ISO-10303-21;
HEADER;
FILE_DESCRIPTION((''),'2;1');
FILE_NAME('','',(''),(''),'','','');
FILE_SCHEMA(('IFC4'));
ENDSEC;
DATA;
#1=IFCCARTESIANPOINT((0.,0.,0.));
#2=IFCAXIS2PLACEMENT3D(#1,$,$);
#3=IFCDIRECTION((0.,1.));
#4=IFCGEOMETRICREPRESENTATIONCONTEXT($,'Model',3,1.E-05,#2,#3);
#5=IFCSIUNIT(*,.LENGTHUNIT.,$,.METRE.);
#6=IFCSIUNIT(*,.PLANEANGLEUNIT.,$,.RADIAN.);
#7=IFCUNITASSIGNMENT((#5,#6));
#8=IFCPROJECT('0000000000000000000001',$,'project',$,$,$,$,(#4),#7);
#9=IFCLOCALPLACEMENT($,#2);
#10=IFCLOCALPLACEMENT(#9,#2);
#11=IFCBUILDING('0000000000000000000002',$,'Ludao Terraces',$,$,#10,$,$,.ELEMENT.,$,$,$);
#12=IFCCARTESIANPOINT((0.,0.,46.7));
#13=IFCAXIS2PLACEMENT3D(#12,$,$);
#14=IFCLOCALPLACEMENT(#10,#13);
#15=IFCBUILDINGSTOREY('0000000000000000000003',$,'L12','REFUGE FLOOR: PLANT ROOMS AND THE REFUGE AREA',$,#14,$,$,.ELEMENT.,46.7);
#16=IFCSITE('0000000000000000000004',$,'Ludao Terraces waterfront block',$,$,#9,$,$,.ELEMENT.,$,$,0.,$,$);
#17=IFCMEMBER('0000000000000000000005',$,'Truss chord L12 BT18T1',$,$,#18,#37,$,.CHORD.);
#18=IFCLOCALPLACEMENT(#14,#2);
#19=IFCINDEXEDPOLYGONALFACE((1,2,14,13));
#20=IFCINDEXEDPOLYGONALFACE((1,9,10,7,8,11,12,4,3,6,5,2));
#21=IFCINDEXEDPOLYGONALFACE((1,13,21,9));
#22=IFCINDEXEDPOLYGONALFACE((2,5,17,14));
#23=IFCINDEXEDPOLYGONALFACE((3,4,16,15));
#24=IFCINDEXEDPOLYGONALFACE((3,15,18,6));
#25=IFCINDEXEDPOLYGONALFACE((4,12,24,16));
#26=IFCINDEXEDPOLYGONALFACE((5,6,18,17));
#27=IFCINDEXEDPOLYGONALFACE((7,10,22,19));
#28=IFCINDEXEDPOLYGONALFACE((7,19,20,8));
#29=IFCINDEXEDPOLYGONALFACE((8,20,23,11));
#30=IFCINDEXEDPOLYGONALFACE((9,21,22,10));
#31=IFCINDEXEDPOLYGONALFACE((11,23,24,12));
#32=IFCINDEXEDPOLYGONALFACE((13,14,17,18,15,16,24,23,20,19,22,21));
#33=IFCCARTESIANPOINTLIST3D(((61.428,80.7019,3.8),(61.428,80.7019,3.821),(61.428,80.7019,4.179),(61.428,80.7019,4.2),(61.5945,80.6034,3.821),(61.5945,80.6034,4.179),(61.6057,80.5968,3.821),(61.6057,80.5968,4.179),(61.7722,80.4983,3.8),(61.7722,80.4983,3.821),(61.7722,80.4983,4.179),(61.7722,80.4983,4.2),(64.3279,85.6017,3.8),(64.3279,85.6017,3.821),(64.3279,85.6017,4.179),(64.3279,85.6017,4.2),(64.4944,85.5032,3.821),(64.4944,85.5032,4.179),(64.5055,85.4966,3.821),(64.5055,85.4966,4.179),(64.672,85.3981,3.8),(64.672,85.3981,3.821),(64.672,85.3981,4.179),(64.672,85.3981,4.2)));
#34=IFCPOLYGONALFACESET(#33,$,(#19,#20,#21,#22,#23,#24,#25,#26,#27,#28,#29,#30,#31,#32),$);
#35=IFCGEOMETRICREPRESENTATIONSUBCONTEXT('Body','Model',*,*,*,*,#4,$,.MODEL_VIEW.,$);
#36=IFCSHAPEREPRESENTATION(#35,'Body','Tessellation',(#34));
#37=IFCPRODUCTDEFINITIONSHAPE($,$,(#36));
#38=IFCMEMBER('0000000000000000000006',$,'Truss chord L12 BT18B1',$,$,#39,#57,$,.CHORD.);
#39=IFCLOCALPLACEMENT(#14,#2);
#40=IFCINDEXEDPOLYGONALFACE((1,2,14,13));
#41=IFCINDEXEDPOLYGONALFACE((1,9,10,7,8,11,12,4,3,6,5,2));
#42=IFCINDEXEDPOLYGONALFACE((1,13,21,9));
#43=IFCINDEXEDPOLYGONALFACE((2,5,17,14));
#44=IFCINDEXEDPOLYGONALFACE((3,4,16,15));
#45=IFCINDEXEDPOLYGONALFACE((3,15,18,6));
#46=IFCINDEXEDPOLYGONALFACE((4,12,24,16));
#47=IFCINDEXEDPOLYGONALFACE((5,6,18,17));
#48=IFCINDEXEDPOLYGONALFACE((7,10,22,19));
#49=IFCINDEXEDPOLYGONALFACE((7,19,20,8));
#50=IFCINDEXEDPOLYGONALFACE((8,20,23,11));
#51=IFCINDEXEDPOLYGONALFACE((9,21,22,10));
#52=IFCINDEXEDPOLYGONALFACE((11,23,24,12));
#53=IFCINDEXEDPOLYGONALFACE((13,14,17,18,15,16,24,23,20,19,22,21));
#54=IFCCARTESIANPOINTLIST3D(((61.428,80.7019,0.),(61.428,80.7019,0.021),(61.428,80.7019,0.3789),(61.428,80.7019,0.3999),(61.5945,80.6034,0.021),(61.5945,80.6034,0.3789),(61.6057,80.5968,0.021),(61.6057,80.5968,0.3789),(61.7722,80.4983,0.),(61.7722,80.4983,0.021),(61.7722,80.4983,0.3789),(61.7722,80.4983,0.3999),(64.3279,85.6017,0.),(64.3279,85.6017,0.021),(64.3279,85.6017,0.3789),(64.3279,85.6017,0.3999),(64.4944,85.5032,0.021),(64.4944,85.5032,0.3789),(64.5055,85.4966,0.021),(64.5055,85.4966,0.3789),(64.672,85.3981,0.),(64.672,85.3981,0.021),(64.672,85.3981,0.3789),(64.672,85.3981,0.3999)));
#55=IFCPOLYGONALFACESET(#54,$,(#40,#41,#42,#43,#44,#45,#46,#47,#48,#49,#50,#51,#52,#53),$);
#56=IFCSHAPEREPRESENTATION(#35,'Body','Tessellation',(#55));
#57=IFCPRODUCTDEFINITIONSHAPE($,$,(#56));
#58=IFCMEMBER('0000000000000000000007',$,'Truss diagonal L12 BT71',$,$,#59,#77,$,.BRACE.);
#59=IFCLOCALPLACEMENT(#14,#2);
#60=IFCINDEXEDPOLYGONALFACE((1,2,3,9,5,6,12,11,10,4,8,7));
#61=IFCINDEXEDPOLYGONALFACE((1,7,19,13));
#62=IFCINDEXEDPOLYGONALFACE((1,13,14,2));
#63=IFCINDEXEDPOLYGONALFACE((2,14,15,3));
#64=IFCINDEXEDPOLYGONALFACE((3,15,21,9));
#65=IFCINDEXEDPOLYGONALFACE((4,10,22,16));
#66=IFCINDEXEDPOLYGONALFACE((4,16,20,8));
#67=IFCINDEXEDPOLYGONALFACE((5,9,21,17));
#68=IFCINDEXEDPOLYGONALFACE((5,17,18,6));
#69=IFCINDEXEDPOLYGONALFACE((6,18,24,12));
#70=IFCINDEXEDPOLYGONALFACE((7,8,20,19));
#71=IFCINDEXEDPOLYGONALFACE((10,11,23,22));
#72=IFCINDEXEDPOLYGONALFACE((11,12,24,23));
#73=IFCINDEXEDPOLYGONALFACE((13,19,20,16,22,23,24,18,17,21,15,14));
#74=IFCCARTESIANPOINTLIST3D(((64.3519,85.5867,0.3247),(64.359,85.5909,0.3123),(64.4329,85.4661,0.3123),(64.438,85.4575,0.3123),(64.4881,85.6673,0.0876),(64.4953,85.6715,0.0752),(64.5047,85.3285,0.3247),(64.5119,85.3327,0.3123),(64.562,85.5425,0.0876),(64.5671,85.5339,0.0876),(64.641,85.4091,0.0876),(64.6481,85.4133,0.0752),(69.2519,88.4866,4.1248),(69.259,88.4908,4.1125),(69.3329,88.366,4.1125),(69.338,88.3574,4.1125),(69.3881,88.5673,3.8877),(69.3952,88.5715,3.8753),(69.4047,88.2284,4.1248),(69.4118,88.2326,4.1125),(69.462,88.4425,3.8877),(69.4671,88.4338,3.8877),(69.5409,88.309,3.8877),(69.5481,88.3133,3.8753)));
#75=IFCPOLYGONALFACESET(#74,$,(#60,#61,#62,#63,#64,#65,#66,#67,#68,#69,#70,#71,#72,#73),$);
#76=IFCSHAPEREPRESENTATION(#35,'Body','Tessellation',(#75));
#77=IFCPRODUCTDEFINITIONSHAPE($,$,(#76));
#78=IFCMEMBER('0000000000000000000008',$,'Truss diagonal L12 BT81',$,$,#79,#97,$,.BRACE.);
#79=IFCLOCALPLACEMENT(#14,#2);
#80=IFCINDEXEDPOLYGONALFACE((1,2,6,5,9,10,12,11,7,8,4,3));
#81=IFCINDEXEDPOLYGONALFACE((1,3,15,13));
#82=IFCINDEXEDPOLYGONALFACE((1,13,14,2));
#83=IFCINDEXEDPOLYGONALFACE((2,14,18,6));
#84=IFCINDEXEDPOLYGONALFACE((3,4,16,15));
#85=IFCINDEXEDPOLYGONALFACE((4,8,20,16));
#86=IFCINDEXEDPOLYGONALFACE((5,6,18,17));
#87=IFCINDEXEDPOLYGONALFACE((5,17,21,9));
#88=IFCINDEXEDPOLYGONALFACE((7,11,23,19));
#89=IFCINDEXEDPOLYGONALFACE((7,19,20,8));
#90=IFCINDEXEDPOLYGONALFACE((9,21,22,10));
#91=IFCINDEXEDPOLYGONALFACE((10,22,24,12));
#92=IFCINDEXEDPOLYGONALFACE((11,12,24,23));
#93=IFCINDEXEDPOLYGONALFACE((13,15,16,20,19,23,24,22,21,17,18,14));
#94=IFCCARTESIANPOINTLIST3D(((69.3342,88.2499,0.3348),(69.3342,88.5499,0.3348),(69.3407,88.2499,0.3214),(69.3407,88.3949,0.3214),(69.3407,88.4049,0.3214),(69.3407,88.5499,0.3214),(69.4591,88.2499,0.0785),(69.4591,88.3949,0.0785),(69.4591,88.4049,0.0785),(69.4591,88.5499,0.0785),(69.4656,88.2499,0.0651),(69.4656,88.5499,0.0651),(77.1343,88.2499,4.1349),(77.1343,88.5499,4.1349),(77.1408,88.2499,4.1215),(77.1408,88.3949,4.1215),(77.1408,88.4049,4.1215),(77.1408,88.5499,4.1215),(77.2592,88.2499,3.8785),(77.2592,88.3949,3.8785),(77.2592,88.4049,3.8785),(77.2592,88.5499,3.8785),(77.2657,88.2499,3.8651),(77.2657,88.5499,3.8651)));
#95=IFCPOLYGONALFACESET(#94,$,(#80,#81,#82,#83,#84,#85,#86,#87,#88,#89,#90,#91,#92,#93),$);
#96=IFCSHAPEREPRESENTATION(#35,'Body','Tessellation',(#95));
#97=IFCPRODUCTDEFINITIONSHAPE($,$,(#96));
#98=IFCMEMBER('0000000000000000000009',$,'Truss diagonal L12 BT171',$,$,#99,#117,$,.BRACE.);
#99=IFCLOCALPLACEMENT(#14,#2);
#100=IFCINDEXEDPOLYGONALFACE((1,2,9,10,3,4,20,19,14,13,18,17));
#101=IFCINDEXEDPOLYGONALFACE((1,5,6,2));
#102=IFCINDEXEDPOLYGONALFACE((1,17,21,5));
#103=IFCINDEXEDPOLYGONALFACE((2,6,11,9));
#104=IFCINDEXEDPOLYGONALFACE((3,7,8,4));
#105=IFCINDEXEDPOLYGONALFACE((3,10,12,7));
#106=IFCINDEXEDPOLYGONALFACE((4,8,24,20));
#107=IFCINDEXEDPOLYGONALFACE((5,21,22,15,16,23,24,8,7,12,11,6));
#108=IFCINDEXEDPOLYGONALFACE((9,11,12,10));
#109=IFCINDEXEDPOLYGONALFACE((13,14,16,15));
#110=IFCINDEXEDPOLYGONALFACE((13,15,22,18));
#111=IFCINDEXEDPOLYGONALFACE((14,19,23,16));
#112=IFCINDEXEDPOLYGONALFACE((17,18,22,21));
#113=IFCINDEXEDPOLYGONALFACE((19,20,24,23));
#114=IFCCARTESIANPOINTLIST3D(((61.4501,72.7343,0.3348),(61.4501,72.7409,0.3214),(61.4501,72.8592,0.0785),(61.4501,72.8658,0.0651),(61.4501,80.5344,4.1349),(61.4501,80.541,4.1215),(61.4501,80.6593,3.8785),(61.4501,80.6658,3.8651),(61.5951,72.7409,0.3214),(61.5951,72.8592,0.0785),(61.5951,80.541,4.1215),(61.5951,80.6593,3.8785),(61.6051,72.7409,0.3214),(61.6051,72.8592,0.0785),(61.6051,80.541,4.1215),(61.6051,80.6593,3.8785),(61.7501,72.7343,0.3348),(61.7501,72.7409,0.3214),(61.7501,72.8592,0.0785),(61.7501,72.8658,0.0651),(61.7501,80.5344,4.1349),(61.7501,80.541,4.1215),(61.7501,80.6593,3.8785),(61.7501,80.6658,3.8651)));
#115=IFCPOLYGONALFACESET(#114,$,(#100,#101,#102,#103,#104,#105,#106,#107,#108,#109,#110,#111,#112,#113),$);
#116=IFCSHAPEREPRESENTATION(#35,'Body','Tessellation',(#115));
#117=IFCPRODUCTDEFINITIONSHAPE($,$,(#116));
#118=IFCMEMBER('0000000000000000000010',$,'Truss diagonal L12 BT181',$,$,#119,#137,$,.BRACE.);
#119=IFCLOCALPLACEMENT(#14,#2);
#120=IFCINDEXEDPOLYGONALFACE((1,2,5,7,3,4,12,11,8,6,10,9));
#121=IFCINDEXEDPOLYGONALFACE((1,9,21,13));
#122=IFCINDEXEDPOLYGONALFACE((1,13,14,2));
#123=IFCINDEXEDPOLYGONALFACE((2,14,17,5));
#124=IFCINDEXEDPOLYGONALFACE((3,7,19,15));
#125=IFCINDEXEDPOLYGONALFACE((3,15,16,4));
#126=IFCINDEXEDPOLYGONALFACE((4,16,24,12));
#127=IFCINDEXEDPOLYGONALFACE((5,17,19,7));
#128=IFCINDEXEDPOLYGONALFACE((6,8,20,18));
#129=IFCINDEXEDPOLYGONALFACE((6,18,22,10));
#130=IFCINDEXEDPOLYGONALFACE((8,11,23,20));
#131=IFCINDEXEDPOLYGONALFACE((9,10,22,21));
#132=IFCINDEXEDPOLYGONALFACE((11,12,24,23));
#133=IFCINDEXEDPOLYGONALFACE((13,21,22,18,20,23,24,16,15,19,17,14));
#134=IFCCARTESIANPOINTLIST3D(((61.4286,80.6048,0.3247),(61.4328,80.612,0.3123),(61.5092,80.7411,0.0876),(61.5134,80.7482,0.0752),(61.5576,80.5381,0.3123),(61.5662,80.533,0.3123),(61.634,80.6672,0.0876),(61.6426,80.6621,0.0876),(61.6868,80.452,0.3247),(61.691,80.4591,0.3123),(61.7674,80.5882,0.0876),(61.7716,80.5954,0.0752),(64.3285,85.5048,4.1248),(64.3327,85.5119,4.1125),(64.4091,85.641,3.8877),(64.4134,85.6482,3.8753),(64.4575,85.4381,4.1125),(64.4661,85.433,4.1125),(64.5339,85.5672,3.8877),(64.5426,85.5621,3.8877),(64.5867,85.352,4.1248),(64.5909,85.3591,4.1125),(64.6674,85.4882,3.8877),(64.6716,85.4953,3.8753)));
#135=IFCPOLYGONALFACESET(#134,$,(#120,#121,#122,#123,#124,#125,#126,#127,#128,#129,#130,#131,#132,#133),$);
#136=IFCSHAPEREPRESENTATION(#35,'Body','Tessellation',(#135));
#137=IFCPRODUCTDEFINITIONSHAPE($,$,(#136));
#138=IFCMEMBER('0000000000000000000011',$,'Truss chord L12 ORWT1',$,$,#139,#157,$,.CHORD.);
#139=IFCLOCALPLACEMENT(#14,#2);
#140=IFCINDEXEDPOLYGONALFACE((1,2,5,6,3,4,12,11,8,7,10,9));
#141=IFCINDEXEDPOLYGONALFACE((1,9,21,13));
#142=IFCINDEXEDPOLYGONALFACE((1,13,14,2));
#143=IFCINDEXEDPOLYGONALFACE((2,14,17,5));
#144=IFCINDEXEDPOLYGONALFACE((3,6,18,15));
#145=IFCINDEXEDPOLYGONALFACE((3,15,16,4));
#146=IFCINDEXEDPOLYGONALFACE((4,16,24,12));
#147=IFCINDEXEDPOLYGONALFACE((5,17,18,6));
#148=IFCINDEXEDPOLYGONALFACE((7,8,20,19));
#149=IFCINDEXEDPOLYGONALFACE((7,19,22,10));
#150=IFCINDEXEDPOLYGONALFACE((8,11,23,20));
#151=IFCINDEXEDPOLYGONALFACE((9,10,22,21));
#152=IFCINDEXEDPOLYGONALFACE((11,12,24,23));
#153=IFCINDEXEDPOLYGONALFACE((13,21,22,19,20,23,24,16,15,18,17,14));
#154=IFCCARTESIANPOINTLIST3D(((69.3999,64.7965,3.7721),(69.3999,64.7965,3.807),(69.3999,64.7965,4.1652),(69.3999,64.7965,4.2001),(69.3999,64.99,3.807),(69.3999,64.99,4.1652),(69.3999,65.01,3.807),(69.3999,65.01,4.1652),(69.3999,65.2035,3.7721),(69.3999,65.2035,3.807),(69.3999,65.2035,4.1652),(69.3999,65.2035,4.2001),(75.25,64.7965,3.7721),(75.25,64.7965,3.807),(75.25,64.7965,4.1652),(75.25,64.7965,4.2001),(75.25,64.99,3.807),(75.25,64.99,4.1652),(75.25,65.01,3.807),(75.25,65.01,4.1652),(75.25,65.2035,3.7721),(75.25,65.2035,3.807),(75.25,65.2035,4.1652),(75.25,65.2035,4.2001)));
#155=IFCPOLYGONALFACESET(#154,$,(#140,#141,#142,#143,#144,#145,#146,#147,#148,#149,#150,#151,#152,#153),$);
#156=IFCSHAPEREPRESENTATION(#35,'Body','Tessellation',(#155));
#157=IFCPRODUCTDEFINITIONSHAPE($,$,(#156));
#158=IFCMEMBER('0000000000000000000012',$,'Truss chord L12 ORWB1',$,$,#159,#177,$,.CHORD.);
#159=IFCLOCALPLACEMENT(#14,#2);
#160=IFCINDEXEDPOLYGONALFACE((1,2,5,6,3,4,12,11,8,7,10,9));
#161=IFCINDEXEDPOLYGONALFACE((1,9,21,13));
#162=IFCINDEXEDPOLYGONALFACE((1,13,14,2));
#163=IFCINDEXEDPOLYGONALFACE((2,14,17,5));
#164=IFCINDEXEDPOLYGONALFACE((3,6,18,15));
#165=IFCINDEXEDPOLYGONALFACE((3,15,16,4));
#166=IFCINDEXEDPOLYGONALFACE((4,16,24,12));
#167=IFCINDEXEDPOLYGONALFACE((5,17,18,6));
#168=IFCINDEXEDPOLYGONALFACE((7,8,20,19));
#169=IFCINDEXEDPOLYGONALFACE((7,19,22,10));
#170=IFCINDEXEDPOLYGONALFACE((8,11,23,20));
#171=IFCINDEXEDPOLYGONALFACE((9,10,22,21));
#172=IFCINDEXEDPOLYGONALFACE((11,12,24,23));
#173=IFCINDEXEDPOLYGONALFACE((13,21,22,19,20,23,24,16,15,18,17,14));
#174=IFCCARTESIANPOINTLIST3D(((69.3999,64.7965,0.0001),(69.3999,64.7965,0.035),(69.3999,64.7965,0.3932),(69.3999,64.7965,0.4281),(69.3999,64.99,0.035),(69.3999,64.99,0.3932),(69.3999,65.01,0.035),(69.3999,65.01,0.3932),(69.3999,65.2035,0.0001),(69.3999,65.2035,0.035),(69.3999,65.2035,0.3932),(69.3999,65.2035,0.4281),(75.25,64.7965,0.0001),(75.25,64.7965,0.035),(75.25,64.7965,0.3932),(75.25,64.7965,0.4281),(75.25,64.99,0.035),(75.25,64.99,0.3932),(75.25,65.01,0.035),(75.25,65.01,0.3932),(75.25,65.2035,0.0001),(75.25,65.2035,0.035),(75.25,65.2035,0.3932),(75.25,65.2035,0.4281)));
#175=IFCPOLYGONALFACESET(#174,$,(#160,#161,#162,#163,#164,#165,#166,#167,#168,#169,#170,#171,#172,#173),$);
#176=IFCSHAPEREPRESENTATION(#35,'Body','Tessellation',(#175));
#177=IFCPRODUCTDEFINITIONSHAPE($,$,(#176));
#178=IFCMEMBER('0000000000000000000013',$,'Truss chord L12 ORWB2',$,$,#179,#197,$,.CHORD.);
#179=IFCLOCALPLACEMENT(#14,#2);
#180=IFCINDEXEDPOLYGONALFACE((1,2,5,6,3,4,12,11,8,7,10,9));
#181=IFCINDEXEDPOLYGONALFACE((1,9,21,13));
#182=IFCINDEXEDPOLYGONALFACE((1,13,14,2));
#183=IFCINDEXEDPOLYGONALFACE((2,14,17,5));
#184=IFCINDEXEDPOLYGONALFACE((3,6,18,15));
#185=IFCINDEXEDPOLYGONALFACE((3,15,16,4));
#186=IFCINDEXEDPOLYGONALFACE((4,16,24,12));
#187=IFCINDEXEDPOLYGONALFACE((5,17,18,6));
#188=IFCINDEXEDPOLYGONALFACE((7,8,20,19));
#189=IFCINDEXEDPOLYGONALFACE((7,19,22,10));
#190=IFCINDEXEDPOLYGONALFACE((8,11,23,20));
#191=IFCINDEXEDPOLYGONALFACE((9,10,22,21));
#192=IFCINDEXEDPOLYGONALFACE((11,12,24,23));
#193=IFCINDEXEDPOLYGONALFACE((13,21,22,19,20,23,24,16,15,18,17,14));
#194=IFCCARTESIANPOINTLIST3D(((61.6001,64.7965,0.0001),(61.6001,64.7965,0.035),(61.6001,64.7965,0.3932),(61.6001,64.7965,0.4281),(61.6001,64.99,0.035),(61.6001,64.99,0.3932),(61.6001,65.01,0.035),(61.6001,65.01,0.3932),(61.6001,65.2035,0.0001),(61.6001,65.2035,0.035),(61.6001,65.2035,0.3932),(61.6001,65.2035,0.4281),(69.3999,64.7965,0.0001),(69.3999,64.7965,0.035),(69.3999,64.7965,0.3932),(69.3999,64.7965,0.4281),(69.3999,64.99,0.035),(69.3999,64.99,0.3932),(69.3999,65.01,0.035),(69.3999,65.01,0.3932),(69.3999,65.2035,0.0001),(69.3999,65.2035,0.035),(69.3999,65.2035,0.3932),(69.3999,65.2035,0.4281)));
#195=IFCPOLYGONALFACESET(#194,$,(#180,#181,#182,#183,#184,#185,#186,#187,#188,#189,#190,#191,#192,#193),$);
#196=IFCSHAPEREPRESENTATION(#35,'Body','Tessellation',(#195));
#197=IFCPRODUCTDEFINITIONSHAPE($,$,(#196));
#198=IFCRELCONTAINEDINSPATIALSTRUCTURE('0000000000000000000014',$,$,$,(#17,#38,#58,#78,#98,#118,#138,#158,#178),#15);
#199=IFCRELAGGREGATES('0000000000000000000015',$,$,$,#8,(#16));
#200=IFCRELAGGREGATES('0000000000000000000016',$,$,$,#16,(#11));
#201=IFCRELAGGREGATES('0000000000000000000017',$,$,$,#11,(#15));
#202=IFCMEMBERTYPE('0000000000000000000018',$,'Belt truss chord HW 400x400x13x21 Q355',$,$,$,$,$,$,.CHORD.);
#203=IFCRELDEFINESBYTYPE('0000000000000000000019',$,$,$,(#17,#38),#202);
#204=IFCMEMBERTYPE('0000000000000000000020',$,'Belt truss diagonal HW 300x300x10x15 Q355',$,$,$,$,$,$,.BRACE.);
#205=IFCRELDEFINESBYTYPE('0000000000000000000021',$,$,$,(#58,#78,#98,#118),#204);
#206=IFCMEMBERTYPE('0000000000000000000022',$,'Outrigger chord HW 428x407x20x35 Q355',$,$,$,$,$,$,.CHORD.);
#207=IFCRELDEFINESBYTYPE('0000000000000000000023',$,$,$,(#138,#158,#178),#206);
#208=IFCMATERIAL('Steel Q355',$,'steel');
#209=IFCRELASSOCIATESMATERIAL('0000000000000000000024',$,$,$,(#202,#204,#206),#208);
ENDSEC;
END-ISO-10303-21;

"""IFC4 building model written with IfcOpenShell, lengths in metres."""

from ifc_helpers import new_model, si_unit, direction, frame, origin, origin_2d, place, context, subcontext, project, spatial, i_section, extrude, material, material_profile, profile_set, type_object, element, save


model = new_model("IFC4")

# Units and contexts
model_context = context("Model", 3, precision=1e-05, world=origin(), true_north=direction((0.0, 1.0)))
body_context = subcontext(model_context, "Body", "Model", "MODEL_VIEW")
ifc_project = project(units=[si_unit("LENGTHUNIT", "METRE"), si_unit("PLANEANGLEUNIT", "RADIAN")], contexts=[model_context])

# Site, building, storey
site_placement = place(None, origin())
site = spatial("IfcSite", under=ifc_project, at=site_placement, Name="Ludao Terraces waterfront block", CompositionType="ELEMENT", RefElevation=0.0)
building_placement = place(site_placement, origin())
building = spatial("IfcBuilding", under=site, at=building_placement, Name="Ludao Terraces", CompositionType="ELEMENT")
storey_placement = place(building_placement, frame((0.0, 0.0, 46.7)))
storey = spatial("IfcBuildingStorey", under=building, at=storey_placement, Name="L12", Description="REFUGE FLOOR: PLANT ROOMS AND THE REFUGE AREA", CompositionType="ELEMENT", Elevation=46.7)

# Members
ifc_material_1 = material(Name="Steel Q355", Category="steel")
ifc_material_profile_1 = material_profile(ifc_material_1, i_section(OverallWidth=0.3999, OverallDepth=0.3999, WebThickness=0.0129, FlangeThickness=0.021, at=origin_2d()), Name="HW 400X400X13X21")
ifc_profile_set_1 = profile_set([ifc_material_profile_1], Name="Steel Q355")
member_type_1 = type_object("IfcMemberType", Name="Belt truss chord HW 400x400x13x21 Q355", PredefinedType="CHORD", material=ifc_profile_set_1)
for number, where, z_axis, x_axis, name in (
    (1, (61.6001, 80.6001, 4.0), (0.509316, 0.86058, 0.0), (-0.86058, 0.509316, 0.0), "Truss chord L12 BT18T1"),
    (2, (61.6001, 80.6001, 0.2), (0.509316, 0.86058, 0.0), (-0.86058, 0.509316, 0.0), "Truss chord L12 BT18B1"),
):
    element("IfcMember", number, at=place(storey_placement, frame(where, z_axis=z_axis, x_axis=x_axis)), inside=storey, type_object=member_type_1, Name=name, PredefinedType="CHORD", context=body_context, shape_type="SweptSolid", body=[
        extrude(i_section(OverallWidth=0.3999, OverallDepth=0.3999, WebThickness=0.0129, FlangeThickness=0.021, at=origin_2d()), origin(), (0.0, 0.0, 1.0), 5.6936),
    ])
ifc_material_profile_2 = material_profile(ifc_material_1, i_section(OverallWidth=0.3, OverallDepth=0.3, WebThickness=0.01, FlangeThickness=0.0149, at=origin_2d()), Name="HW 300X300X10X15")
ifc_profile_set_2 = profile_set([ifc_material_profile_2], Name="Steel Q355")
member_type_2 = type_object("IfcMemberType", Name="Belt truss diagonal HW 300x300x10x15 Q355", PredefinedType="BRACE", material=ifc_profile_set_2)
member_1_placement = place(storey_placement, frame((64.5, 85.5, 0.2), z_axis=(0.7158, 0.423631, 0.555128), x_axis=(-0.509316, 0.86058, 0.0)))
element("IfcMember", 3, at=member_1_placement, inside=storey, type_object=member_type_2, Name="Truss diagonal L12 BT71", PredefinedType="BRACE", context=body_context, shape_type="SweptSolid", body=[
    extrude(i_section(OverallWidth=0.3, OverallDepth=0.3, WebThickness=0.01, FlangeThickness=0.0149, at=origin_2d()), origin(), (0.0, 0.0, 1.0), 6.8455),
])
for number, where, z_axis, x_axis, name in (
    (4, (69.3999, 88.3999, 0.2), (0.898989, 0.0, 0.437972), (0.0, 1.0, 0.0), "Truss diagonal L12 BT81"),
    (5, (61.6001, 72.8, 0.2), (0.0, 0.898989, 0.437972), (-1.0, 0.0, 0.0), "Truss diagonal L12 BT171"),
):
    element("IfcMember", number, at=place(storey_placement, frame(where, z_axis=z_axis, x_axis=x_axis)), inside=storey, type_object=member_type_2, Name=name, PredefinedType="BRACE", context=body_context, shape_type="SweptSolid", body=[
        extrude(i_section(OverallWidth=0.3, OverallDepth=0.3, WebThickness=0.01, FlangeThickness=0.0149, at=origin_2d()), origin(), (0.0, 0.0, 1.0), 8.6765),
    ])
member_2_placement = place(storey_placement, frame((61.6001, 80.6001, 0.2), z_axis=(0.423631, 0.7158, 0.555128), x_axis=(-0.86058, 0.509316, 0.0)))
element("IfcMember", 6, at=member_2_placement, inside=storey, type_object=member_type_2, Name="Truss diagonal L12 BT181", PredefinedType="BRACE", context=body_context, shape_type="SweptSolid", body=[
    extrude(i_section(OverallWidth=0.3, OverallDepth=0.3, WebThickness=0.01, FlangeThickness=0.0149, at=origin_2d()), origin(), (0.0, 0.0, 1.0), 6.8455),
])
ifc_material_profile_3 = material_profile(ifc_material_1, i_section(OverallWidth=0.407, OverallDepth=0.428, WebThickness=0.02, FlangeThickness=0.0349, at=origin_2d()), Name="HW 428X407X20X35")
ifc_profile_set_3 = profile_set([ifc_material_profile_3], Name="Steel Q355")
member_type_3 = type_object("IfcMemberType", Name="Outrigger chord HW 428x407x20x35 Q355", PredefinedType="CHORD", material=ifc_profile_set_3)
for number, where, z_axis, x_axis, name in (
    (7, (75.25, 65.0, 3.9861), (-1.0, 0.0, 0.0), (0.0, -1.0, 0.0), "Truss chord L12 ORWT1"),
    (8, (75.25, 65.0, 0.2141), (-1.0, 0.0, 0.0), (0.0, -1.0, 0.0), "Truss chord L12 ORWB1"),
):
    element("IfcMember", number, at=place(storey_placement, frame(where, z_axis=z_axis, x_axis=x_axis)), inside=storey, type_object=member_type_3, Name=name, PredefinedType="CHORD", context=body_context, shape_type="SweptSolid", body=[
        extrude(i_section(OverallWidth=0.407, OverallDepth=0.428, WebThickness=0.02, FlangeThickness=0.0349, at=origin_2d()), origin(), (0.0, 0.0, 1.0), 5.8501),
    ])
member_3_placement = place(storey_placement, frame((69.3999, 65.0, 0.2141), z_axis=(-1.0, 0.0, 0.0), x_axis=(0.0, -1.0, 0.0)))
element("IfcMember", 9, at=member_3_placement, inside=storey, type_object=member_type_3, Name="Truss chord L12 ORWB2", PredefinedType="CHORD", context=body_context, shape_type="SweptSolid", body=[
    extrude(i_section(OverallWidth=0.407, OverallDepth=0.428, WebThickness=0.02, FlangeThickness=0.0349, at=origin_2d()), origin(), (0.0, 0.0, 1.0), 7.7998),
])

save(model, "model.ifc")
